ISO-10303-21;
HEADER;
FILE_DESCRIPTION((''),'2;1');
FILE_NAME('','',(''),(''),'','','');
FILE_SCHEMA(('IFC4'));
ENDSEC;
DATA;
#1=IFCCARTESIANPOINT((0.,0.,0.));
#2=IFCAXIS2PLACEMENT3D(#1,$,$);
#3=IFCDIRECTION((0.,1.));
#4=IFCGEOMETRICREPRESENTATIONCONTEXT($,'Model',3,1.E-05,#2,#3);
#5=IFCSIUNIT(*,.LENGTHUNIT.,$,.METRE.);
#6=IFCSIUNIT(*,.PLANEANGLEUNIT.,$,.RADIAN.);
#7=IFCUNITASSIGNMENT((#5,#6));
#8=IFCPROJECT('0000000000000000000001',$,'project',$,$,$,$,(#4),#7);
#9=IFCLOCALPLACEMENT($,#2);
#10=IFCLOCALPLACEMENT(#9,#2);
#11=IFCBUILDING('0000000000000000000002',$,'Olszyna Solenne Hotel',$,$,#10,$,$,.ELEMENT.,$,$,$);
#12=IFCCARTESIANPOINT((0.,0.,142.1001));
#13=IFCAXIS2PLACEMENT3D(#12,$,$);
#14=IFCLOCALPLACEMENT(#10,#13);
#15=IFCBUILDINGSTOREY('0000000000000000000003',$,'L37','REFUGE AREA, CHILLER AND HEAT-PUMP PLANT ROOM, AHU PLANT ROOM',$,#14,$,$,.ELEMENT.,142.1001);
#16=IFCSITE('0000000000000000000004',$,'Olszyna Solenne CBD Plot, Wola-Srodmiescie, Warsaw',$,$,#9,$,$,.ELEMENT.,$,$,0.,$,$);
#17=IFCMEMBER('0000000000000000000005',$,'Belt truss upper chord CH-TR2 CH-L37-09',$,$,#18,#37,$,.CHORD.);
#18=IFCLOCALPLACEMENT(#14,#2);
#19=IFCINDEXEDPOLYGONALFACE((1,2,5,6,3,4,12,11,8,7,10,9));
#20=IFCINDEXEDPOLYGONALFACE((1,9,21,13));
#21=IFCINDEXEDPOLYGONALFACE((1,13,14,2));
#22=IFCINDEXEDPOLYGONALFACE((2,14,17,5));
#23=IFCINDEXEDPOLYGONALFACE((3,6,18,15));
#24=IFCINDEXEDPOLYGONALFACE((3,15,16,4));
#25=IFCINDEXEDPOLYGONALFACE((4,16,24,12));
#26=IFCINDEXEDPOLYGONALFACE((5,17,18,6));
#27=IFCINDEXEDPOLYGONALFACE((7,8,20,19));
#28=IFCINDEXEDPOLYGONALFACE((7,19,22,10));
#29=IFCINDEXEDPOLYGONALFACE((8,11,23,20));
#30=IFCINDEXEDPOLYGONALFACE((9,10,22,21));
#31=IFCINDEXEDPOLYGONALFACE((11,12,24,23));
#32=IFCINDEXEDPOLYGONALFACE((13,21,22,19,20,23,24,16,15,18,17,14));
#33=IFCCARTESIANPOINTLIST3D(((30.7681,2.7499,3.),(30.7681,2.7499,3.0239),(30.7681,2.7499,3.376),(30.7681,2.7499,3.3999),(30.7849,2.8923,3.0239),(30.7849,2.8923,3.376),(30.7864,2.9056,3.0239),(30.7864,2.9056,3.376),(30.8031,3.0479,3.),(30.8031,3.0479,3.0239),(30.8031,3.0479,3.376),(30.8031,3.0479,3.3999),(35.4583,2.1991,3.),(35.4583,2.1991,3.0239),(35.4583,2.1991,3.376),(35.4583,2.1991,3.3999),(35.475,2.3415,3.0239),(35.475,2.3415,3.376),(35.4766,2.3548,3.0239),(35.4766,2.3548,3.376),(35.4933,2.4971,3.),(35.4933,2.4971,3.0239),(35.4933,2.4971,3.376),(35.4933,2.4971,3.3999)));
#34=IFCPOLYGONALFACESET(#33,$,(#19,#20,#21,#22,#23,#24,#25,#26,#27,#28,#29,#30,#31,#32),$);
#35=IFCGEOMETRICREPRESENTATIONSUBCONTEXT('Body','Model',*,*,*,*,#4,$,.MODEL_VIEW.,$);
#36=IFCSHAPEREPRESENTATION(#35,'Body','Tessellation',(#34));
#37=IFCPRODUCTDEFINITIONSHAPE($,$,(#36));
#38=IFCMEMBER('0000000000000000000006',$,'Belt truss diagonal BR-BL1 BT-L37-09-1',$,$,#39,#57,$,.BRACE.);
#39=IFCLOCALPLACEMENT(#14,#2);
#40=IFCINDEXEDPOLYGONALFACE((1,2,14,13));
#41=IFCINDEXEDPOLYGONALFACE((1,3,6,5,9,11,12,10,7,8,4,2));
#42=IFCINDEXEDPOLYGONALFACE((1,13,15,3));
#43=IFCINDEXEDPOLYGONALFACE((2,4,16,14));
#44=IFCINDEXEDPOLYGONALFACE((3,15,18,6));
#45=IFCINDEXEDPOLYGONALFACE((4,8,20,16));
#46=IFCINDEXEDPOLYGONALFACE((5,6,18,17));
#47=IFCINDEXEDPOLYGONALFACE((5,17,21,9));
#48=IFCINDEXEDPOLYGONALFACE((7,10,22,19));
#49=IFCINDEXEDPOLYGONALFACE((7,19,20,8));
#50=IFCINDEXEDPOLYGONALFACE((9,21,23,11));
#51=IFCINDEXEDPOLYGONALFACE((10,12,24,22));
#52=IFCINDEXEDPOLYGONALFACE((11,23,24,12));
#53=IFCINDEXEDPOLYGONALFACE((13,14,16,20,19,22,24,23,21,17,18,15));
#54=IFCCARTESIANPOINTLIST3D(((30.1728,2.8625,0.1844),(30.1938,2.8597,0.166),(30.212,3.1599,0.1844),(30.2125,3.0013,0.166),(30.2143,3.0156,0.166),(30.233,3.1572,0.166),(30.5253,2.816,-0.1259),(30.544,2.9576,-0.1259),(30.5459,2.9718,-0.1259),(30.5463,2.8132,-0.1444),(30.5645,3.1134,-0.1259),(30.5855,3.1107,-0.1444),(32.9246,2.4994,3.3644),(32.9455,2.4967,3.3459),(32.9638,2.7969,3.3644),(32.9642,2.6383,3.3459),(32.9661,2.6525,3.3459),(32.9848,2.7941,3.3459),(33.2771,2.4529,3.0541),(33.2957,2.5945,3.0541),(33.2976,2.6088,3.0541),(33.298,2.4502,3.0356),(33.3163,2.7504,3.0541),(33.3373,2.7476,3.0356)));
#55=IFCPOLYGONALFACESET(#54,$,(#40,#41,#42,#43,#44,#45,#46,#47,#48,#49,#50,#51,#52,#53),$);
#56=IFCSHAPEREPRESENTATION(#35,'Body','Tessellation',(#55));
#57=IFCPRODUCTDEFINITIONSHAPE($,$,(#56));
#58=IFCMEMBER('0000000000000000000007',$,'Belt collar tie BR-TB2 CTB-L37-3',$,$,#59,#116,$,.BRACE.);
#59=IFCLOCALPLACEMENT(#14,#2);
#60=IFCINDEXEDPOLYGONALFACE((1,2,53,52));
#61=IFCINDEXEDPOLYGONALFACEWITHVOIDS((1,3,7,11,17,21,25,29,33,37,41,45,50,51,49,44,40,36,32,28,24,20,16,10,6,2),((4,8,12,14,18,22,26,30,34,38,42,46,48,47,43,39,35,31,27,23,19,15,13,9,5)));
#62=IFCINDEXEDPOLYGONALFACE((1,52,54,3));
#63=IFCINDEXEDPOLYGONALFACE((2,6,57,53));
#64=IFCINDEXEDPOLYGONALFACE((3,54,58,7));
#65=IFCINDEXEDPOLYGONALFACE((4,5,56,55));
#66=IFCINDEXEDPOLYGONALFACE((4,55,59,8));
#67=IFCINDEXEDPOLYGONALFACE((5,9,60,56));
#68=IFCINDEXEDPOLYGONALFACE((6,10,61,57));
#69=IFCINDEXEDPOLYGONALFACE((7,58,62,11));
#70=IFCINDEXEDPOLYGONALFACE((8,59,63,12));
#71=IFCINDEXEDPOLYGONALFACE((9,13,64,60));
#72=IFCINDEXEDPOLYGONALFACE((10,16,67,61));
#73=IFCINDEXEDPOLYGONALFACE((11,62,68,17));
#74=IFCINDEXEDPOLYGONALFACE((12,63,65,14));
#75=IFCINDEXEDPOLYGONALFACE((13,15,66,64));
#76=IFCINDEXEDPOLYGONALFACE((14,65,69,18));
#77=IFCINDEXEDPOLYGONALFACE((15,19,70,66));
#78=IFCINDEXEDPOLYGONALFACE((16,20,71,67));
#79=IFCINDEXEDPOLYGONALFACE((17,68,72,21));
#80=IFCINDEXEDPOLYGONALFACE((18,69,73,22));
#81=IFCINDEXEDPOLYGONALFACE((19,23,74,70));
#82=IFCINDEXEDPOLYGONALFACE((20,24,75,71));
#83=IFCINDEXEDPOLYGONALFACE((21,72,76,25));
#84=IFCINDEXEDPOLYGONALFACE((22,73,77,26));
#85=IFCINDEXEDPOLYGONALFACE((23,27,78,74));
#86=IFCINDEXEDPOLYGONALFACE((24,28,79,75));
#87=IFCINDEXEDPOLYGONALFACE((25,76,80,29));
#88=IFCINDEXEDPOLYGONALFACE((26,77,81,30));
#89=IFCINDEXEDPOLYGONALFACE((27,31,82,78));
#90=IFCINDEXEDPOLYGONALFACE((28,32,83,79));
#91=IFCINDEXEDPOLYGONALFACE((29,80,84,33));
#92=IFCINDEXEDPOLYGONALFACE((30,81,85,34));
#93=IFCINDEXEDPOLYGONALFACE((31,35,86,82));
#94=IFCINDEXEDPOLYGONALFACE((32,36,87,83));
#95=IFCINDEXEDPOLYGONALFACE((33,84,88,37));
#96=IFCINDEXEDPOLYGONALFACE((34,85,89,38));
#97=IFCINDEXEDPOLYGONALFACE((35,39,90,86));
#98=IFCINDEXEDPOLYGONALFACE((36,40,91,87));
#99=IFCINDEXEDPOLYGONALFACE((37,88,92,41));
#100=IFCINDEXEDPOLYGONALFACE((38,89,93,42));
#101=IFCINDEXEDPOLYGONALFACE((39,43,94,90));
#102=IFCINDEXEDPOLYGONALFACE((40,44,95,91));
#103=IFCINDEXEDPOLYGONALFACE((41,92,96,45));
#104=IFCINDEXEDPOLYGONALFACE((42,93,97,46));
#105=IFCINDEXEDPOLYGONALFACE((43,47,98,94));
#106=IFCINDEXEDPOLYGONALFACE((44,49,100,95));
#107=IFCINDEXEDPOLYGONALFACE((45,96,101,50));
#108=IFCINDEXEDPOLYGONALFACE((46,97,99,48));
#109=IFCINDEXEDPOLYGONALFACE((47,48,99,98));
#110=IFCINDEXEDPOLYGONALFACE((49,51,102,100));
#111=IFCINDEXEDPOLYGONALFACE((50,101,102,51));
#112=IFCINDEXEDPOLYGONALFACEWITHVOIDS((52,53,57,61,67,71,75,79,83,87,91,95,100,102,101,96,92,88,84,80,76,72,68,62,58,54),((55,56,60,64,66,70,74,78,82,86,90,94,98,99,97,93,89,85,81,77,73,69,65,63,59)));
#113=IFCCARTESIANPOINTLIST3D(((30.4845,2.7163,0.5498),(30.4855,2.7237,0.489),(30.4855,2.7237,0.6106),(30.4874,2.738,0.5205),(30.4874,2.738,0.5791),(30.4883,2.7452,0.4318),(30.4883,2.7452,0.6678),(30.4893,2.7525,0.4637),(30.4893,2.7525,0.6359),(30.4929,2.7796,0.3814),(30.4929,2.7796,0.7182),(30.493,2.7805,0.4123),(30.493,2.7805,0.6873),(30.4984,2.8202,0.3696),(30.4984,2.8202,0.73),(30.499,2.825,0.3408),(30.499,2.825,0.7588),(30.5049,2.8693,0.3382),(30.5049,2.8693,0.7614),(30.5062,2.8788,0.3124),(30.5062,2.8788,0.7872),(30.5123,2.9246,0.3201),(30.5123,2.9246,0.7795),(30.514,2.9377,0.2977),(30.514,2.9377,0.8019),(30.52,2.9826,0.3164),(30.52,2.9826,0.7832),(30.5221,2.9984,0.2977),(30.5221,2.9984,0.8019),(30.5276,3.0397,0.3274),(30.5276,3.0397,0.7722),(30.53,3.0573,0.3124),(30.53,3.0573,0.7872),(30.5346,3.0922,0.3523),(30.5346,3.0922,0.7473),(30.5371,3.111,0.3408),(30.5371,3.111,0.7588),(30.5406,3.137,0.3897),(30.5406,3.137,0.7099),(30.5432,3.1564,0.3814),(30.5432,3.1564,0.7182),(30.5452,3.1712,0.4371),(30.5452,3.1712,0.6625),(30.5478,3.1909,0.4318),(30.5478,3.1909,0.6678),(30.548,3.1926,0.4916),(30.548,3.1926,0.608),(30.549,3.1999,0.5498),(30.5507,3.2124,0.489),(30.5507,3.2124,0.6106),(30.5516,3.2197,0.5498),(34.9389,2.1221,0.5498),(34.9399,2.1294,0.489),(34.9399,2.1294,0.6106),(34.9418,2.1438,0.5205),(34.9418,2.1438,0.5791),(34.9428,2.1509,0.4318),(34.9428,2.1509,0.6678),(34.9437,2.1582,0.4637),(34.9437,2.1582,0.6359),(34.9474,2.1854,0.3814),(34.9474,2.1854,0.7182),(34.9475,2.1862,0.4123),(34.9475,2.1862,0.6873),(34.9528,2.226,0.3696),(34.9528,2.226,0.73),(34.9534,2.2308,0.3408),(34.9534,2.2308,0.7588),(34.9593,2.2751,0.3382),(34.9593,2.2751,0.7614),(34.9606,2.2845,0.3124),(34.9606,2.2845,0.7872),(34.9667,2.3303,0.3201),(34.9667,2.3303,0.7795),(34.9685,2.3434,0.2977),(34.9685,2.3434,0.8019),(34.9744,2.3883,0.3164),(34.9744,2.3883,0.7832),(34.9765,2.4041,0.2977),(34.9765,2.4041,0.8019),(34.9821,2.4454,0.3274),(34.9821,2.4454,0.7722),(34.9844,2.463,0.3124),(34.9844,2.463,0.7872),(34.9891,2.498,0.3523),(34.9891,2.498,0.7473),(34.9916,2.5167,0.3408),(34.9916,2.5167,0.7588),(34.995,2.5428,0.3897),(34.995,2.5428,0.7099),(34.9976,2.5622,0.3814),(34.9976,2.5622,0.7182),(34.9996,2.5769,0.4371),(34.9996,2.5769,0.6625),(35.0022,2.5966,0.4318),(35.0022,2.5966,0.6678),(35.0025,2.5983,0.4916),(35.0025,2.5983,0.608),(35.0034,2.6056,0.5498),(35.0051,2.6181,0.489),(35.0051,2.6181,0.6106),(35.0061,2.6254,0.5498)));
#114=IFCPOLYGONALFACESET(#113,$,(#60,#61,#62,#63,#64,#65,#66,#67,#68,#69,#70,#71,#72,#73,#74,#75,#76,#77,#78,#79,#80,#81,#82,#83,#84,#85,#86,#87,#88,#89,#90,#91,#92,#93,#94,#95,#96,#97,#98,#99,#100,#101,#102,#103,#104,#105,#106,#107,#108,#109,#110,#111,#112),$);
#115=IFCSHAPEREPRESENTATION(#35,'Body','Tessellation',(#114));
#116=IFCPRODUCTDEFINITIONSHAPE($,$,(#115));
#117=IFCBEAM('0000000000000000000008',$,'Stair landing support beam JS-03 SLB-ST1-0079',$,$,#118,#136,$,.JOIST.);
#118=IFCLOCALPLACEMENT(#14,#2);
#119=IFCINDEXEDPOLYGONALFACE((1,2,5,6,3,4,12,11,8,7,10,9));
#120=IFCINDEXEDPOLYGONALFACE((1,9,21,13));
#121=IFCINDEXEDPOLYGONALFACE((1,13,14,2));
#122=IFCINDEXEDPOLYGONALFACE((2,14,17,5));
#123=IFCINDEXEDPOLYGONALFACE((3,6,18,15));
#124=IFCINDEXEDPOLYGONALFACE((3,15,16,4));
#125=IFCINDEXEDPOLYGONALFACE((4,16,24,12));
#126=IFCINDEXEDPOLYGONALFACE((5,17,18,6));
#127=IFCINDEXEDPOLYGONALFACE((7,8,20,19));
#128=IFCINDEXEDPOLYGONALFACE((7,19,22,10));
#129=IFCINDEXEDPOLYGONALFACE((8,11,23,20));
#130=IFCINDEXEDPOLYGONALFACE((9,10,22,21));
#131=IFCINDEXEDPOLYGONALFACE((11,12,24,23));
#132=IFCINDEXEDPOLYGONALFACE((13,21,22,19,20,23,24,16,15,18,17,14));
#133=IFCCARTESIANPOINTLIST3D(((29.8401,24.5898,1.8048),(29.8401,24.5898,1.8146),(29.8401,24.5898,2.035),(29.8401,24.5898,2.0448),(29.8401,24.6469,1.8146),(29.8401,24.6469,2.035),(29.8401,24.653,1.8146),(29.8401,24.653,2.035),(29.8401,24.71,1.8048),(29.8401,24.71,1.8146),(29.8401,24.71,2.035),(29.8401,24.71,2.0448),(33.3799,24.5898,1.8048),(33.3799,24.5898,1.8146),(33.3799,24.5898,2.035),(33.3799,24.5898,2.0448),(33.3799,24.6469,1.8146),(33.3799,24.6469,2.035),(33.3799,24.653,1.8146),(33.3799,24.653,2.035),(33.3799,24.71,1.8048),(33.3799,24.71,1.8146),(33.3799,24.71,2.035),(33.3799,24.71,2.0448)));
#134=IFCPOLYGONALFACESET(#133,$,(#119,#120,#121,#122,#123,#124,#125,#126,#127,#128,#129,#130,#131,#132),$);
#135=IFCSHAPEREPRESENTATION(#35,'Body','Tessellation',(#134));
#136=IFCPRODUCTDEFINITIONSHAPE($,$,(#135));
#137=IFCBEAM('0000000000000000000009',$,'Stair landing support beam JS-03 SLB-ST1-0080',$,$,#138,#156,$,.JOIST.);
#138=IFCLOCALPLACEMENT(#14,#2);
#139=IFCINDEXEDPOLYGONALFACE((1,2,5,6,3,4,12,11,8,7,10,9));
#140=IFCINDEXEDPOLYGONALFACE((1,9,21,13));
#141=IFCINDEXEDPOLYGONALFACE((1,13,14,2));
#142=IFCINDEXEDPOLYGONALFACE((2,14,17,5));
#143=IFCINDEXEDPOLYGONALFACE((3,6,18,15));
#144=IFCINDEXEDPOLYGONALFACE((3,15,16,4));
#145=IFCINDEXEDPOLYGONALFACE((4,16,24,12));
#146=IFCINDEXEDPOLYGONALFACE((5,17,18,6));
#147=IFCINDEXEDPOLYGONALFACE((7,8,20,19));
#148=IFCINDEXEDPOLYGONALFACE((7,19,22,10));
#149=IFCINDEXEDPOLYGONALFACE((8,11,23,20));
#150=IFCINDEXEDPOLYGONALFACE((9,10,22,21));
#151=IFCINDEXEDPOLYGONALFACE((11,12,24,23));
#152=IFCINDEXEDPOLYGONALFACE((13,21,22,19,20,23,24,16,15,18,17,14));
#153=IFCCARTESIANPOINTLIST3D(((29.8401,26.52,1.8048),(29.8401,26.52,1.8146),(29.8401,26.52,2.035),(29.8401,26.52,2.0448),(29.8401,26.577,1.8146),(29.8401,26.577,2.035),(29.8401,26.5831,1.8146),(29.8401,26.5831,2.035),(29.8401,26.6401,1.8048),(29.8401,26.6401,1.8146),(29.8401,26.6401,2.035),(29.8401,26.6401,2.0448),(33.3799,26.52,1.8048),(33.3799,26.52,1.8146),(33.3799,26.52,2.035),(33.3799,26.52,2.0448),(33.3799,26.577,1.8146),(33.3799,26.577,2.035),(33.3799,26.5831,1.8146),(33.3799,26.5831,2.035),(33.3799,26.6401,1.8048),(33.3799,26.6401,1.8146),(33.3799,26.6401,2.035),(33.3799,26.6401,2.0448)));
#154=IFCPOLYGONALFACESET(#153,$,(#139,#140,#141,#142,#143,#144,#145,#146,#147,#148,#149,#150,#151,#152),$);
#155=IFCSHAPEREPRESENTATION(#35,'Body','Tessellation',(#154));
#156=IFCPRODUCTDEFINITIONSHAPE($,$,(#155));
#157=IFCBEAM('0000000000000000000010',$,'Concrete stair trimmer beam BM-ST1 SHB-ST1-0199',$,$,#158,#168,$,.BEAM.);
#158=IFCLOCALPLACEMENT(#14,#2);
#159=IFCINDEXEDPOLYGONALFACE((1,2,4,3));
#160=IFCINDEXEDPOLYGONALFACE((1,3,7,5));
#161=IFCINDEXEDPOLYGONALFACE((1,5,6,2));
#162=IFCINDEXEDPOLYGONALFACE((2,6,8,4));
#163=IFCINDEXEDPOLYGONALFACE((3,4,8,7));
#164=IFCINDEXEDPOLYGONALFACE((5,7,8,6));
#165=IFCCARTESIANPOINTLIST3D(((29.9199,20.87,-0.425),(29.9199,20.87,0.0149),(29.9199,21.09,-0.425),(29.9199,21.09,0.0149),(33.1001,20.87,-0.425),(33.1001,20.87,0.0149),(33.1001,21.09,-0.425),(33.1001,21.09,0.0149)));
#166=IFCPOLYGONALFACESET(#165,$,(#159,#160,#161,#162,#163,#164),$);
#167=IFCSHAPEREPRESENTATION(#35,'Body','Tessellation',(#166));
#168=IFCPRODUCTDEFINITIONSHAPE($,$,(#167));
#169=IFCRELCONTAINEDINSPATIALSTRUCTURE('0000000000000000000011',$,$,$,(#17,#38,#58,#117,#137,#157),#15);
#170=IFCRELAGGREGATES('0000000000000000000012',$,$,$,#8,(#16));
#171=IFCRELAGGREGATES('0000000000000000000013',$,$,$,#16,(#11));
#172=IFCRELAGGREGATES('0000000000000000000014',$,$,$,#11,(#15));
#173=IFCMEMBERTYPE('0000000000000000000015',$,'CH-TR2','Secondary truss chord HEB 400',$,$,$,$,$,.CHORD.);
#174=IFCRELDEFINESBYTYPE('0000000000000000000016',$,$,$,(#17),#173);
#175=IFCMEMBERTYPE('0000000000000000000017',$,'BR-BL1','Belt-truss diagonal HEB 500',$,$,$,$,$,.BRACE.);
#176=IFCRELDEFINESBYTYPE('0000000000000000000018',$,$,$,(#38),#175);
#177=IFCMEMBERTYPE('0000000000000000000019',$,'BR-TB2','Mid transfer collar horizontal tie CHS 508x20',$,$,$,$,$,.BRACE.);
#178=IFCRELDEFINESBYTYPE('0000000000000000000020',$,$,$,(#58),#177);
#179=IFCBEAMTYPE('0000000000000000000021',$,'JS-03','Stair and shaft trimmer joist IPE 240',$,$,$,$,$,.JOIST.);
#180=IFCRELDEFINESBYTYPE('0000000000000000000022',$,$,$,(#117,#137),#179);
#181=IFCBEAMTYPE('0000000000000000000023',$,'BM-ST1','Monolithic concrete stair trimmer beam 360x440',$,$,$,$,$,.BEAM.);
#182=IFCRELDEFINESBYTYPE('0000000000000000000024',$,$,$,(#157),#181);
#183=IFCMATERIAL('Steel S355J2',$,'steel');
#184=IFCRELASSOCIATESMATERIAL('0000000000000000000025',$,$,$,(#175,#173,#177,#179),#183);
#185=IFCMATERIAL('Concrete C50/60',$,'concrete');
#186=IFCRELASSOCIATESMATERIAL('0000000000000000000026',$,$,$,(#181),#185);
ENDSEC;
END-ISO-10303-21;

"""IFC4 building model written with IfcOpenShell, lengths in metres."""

from ifc_helpers import new_model, si_unit, direction, frame, origin, origin_2d, place, context, subcontext, project, spatial, rectangle, hollow_circle, i_section, extrude, source, transform, mapped, material, material_profile, profile_set, type_object, element, save


model = new_model("IFC4")

# Units and contexts
model_context = context("Model", 3, precision=1e-05, world=origin(), true_north=direction((0.0, 1.0)))
body_context = subcontext(model_context, "Body", "Model", "MODEL_VIEW")
ifc_project = project(units=[si_unit("LENGTHUNIT", "METRE"), si_unit("PLANEANGLEUNIT", "RADIAN")], contexts=[model_context])

# Site, building, storey
site_placement = place(None, origin())
site = spatial("IfcSite", under=ifc_project, at=site_placement, Name="Olszyna Solenne CBD Plot, Wola-Srodmiescie, Warsaw", CompositionType="ELEMENT", RefElevation=0.0)
building_placement = place(site_placement, origin())
building = spatial("IfcBuilding", under=site, at=building_placement, Name="Olszyna Solenne Hotel", CompositionType="ELEMENT")
storey_placement = place(building_placement, frame((0.0, 0.0, 142.1001)))
storey = spatial("IfcBuildingStorey", under=building, at=storey_placement, Name="L37", Description="REFUGE AREA, CHILLER AND HEAT-PUMP PLANT ROOM, AHU PLANT ROOM", CompositionType="ELEMENT", Elevation=142.1001)

# Shared definitions
ifc_material_1 = material(Name="Steel S355J2", Category="steel")

# Members
ifc_material_profile_1 = material_profile(ifc_material_1, i_section(OverallWidth=0.3, OverallDepth=0.5, WebThickness=0.0144, FlangeThickness=0.0281, at=origin_2d()), Name="HEB 500", Category="load-bearing")
ifc_profile_set_1 = profile_set([ifc_material_profile_1], Name="Steel S355J2")
member_type_1 = type_object("IfcMemberType", Name="BR-BL1", Description="Belt-truss diagonal HEB 500", PredefinedType="BRACE", material=ifc_profile_set_1)
ifc_material_profile_2 = material_profile(ifc_material_1, i_section(OverallWidth=0.3, OverallDepth=0.3999, WebThickness=0.0134, FlangeThickness=0.0239, at=origin_2d()), Name="HEB 400", Category="load-bearing")
ifc_profile_set_2 = profile_set([ifc_material_profile_2], Name="Steel S355J2")
member_type_2 = type_object("IfcMemberType", Name="CH-TR2", Description="Secondary truss chord HEB 400", PredefinedType="CHORD", material=ifc_profile_set_2)
shared_shape_1 = source(origin(), body_context, "Body", "SweptSolid", [
    extrude(i_section(OverallWidth=0.3, OverallDepth=0.3999, WebThickness=0.0134, FlangeThickness=0.0239, at=origin_2d()), origin(), (0.0, 0.0, 1.0), 4.7224),
])
member_1_placement = place(storey_placement, frame((30.7856, 2.8989, 3.2), z_axis=(0.993175, -0.116631, 0.0), x_axis=(0.116631, 0.993175, 0.0)))
element("IfcMember", 1, at=member_1_placement, inside=storey, type_object=member_type_2, Name="Belt truss upper chord CH-TR2 CH-L37-09", PredefinedType="CHORD", context=body_context, shape_type="MappedRepresentation", body=[
    mapped(shared_shape_1, transform((0.0, 0.0, 0.0), x_axis=(1.0, 0.0, 0.0), y_axis=(0.0, 1.0, 0.0), z_axis=(0.0, 0.0, 1.0), scale=1.0)),
])
shared_shape_2 = source(origin(), body_context, "Body", "SweptSolid", [
    extrude(i_section(OverallWidth=0.3, OverallDepth=0.5, WebThickness=0.0144, FlangeThickness=0.0281, at=origin_2d()), origin(), (0.0, 0.0, 1.0), 4.2209),
])
member_2_placement = place(storey_placement, frame((30.3792, 2.9866, 0.02), z_axis=(0.651931, -0.08601, 0.753385), x_axis=(0.130798, 0.991409, 0.0)))
element("IfcMember", 2, at=member_2_placement, inside=storey, type_object=member_type_1, Name="Belt truss diagonal BR-BL1 BT-L37-09-1", PredefinedType="BRACE", context=body_context, shape_type="MappedRepresentation", body=[
    mapped(shared_shape_2, transform((0.0, 0.0, 0.0), x_axis=(1.0, 0.0, 0.0), y_axis=(0.0, 1.0, 0.0), z_axis=(0.0, 0.0, 1.0), scale=1.0)),
])
ifc_material_profile_3 = material_profile(ifc_material_1, hollow_circle(Radius=0.2539, WallThickness=0.02, at=origin_2d()), Name="CHS 508x20", Category="load-bearing")
ifc_profile_set_3 = profile_set([ifc_material_profile_3], Name="Steel S355J2")
member_type_3 = type_object("IfcMemberType", Name="BR-TB2", Description="Mid transfer collar horizontal tie CHS 508x20", PredefinedType="BRACE", material=ifc_profile_set_3)
shared_shape_3 = source(origin(), body_context, "Body", "SweptSolid", [
    extrude(hollow_circle(Radius=0.2539, WallThickness=0.02, at=origin_2d()), origin(), (0.0, 0.0, 1.0), 4.4939),
])
member_3_placement = place(storey_placement, frame((30.5181, 2.968, 0.5498), z_axis=(0.991218, -0.132235, 0.0), x_axis=(0.132235, 0.991218, 0.0)))
element("IfcMember", 3, at=member_3_placement, inside=storey, type_object=member_type_3, Name="Belt collar tie BR-TB2 CTB-L37-3", PredefinedType="BRACE", context=body_context, shape_type="MappedRepresentation", body=[
    mapped(shared_shape_3, transform((0.0, 0.0, 0.0), x_axis=(1.0, 0.0, 0.0), y_axis=(0.0, 1.0, 0.0), z_axis=(0.0, 0.0, 1.0), scale=1.0)),
])

# Beams
ifc_material_profile_4 = material_profile(ifc_material_1, i_section(OverallWidth=0.1201, OverallDepth=0.24, WebThickness=0.0061, FlangeThickness=0.0098, at=origin_2d()), Name="IPE 240", Category="load-bearing")
ifc_profile_set_4 = profile_set([ifc_material_profile_4], Name="Steel S355J2")
beam_type_1 = type_object("IfcBeamType", Name="JS-03", Description="Stair and shaft trimmer joist IPE 240", PredefinedType="JOIST", material=ifc_profile_set_4)
shared_shape_4 = source(origin(), body_context, "Body", "SweptSolid", [
    extrude(i_section(OverallWidth=0.1201, OverallDepth=0.24, WebThickness=0.0061, FlangeThickness=0.0098, at=origin_2d()), origin(), (0.0, 0.0, 1.0), 3.5398),
])
for number, where, z_axis, x_axis, name in (
    (4, (33.3799, 24.6499, 1.9248), (-1.0, 0.0, 0.0), (0.0, -1.0, 0.0), "Stair landing support beam JS-03 SLB-ST1-0079"),
    (5, (33.3799, 26.5801, 1.9248), (-1.0, 0.0, 0.0), (0.0, -1.0, 0.0), "Stair landing support beam JS-03 SLB-ST1-0080"),
):
    element("IfcBeam", number, at=place(storey_placement, frame(where, z_axis=z_axis, x_axis=x_axis)), inside=storey, type_object=beam_type_1, Name=name, PredefinedType="JOIST", context=body_context, shape_type="MappedRepresentation", body=[
        mapped(shared_shape_4, transform((0.0, 0.0, 0.0), x_axis=(1.0, 0.0, 0.0), y_axis=(0.0, 1.0, 0.0), z_axis=(0.0, 0.0, 1.0), scale=1.0)),
    ])
ifc_material_2 = material(Name="Concrete C50/60", Category="concrete")
ifc_material_profile_5 = material_profile(ifc_material_2, rectangle(XDim=0.22, YDim=0.4399, at=origin_2d()), Name="RC 220x440", Category="load-bearing")
ifc_profile_set_5 = profile_set([ifc_material_profile_5], Name="Concrete C50/60")
beam_type_2 = type_object("IfcBeamType", Name="BM-ST1", Description="Monolithic concrete stair trimmer beam 360x440", PredefinedType="BEAM", material=ifc_profile_set_5)
shared_shape_5 = source(origin(), body_context, "Body", "SweptSolid", [
    extrude(rectangle(XDim=0.22, YDim=0.4399, at=origin_2d()), origin(), (0.0, 0.0, 1.0), 3.1802),
])
beam_1_placement = place(storey_placement, frame((33.1001, 20.98, -0.2051), z_axis=(-1.0, 0.0, 0.0), x_axis=(0.0, -1.0, 0.0)))
element("IfcBeam", 6, at=beam_1_placement, inside=storey, type_object=beam_type_2, Name="Concrete stair trimmer beam BM-ST1 SHB-ST1-0199", PredefinedType="BEAM", context=body_context, shape_type="MappedRepresentation", body=[
    mapped(shared_shape_5, transform((0.0, 0.0, 0.0), x_axis=(1.0, 0.0, 0.0), y_axis=(0.0, 1.0, 0.0), z_axis=(0.0, 0.0, 1.0), scale=1.0)),
])

save(model, "model.ifc")
